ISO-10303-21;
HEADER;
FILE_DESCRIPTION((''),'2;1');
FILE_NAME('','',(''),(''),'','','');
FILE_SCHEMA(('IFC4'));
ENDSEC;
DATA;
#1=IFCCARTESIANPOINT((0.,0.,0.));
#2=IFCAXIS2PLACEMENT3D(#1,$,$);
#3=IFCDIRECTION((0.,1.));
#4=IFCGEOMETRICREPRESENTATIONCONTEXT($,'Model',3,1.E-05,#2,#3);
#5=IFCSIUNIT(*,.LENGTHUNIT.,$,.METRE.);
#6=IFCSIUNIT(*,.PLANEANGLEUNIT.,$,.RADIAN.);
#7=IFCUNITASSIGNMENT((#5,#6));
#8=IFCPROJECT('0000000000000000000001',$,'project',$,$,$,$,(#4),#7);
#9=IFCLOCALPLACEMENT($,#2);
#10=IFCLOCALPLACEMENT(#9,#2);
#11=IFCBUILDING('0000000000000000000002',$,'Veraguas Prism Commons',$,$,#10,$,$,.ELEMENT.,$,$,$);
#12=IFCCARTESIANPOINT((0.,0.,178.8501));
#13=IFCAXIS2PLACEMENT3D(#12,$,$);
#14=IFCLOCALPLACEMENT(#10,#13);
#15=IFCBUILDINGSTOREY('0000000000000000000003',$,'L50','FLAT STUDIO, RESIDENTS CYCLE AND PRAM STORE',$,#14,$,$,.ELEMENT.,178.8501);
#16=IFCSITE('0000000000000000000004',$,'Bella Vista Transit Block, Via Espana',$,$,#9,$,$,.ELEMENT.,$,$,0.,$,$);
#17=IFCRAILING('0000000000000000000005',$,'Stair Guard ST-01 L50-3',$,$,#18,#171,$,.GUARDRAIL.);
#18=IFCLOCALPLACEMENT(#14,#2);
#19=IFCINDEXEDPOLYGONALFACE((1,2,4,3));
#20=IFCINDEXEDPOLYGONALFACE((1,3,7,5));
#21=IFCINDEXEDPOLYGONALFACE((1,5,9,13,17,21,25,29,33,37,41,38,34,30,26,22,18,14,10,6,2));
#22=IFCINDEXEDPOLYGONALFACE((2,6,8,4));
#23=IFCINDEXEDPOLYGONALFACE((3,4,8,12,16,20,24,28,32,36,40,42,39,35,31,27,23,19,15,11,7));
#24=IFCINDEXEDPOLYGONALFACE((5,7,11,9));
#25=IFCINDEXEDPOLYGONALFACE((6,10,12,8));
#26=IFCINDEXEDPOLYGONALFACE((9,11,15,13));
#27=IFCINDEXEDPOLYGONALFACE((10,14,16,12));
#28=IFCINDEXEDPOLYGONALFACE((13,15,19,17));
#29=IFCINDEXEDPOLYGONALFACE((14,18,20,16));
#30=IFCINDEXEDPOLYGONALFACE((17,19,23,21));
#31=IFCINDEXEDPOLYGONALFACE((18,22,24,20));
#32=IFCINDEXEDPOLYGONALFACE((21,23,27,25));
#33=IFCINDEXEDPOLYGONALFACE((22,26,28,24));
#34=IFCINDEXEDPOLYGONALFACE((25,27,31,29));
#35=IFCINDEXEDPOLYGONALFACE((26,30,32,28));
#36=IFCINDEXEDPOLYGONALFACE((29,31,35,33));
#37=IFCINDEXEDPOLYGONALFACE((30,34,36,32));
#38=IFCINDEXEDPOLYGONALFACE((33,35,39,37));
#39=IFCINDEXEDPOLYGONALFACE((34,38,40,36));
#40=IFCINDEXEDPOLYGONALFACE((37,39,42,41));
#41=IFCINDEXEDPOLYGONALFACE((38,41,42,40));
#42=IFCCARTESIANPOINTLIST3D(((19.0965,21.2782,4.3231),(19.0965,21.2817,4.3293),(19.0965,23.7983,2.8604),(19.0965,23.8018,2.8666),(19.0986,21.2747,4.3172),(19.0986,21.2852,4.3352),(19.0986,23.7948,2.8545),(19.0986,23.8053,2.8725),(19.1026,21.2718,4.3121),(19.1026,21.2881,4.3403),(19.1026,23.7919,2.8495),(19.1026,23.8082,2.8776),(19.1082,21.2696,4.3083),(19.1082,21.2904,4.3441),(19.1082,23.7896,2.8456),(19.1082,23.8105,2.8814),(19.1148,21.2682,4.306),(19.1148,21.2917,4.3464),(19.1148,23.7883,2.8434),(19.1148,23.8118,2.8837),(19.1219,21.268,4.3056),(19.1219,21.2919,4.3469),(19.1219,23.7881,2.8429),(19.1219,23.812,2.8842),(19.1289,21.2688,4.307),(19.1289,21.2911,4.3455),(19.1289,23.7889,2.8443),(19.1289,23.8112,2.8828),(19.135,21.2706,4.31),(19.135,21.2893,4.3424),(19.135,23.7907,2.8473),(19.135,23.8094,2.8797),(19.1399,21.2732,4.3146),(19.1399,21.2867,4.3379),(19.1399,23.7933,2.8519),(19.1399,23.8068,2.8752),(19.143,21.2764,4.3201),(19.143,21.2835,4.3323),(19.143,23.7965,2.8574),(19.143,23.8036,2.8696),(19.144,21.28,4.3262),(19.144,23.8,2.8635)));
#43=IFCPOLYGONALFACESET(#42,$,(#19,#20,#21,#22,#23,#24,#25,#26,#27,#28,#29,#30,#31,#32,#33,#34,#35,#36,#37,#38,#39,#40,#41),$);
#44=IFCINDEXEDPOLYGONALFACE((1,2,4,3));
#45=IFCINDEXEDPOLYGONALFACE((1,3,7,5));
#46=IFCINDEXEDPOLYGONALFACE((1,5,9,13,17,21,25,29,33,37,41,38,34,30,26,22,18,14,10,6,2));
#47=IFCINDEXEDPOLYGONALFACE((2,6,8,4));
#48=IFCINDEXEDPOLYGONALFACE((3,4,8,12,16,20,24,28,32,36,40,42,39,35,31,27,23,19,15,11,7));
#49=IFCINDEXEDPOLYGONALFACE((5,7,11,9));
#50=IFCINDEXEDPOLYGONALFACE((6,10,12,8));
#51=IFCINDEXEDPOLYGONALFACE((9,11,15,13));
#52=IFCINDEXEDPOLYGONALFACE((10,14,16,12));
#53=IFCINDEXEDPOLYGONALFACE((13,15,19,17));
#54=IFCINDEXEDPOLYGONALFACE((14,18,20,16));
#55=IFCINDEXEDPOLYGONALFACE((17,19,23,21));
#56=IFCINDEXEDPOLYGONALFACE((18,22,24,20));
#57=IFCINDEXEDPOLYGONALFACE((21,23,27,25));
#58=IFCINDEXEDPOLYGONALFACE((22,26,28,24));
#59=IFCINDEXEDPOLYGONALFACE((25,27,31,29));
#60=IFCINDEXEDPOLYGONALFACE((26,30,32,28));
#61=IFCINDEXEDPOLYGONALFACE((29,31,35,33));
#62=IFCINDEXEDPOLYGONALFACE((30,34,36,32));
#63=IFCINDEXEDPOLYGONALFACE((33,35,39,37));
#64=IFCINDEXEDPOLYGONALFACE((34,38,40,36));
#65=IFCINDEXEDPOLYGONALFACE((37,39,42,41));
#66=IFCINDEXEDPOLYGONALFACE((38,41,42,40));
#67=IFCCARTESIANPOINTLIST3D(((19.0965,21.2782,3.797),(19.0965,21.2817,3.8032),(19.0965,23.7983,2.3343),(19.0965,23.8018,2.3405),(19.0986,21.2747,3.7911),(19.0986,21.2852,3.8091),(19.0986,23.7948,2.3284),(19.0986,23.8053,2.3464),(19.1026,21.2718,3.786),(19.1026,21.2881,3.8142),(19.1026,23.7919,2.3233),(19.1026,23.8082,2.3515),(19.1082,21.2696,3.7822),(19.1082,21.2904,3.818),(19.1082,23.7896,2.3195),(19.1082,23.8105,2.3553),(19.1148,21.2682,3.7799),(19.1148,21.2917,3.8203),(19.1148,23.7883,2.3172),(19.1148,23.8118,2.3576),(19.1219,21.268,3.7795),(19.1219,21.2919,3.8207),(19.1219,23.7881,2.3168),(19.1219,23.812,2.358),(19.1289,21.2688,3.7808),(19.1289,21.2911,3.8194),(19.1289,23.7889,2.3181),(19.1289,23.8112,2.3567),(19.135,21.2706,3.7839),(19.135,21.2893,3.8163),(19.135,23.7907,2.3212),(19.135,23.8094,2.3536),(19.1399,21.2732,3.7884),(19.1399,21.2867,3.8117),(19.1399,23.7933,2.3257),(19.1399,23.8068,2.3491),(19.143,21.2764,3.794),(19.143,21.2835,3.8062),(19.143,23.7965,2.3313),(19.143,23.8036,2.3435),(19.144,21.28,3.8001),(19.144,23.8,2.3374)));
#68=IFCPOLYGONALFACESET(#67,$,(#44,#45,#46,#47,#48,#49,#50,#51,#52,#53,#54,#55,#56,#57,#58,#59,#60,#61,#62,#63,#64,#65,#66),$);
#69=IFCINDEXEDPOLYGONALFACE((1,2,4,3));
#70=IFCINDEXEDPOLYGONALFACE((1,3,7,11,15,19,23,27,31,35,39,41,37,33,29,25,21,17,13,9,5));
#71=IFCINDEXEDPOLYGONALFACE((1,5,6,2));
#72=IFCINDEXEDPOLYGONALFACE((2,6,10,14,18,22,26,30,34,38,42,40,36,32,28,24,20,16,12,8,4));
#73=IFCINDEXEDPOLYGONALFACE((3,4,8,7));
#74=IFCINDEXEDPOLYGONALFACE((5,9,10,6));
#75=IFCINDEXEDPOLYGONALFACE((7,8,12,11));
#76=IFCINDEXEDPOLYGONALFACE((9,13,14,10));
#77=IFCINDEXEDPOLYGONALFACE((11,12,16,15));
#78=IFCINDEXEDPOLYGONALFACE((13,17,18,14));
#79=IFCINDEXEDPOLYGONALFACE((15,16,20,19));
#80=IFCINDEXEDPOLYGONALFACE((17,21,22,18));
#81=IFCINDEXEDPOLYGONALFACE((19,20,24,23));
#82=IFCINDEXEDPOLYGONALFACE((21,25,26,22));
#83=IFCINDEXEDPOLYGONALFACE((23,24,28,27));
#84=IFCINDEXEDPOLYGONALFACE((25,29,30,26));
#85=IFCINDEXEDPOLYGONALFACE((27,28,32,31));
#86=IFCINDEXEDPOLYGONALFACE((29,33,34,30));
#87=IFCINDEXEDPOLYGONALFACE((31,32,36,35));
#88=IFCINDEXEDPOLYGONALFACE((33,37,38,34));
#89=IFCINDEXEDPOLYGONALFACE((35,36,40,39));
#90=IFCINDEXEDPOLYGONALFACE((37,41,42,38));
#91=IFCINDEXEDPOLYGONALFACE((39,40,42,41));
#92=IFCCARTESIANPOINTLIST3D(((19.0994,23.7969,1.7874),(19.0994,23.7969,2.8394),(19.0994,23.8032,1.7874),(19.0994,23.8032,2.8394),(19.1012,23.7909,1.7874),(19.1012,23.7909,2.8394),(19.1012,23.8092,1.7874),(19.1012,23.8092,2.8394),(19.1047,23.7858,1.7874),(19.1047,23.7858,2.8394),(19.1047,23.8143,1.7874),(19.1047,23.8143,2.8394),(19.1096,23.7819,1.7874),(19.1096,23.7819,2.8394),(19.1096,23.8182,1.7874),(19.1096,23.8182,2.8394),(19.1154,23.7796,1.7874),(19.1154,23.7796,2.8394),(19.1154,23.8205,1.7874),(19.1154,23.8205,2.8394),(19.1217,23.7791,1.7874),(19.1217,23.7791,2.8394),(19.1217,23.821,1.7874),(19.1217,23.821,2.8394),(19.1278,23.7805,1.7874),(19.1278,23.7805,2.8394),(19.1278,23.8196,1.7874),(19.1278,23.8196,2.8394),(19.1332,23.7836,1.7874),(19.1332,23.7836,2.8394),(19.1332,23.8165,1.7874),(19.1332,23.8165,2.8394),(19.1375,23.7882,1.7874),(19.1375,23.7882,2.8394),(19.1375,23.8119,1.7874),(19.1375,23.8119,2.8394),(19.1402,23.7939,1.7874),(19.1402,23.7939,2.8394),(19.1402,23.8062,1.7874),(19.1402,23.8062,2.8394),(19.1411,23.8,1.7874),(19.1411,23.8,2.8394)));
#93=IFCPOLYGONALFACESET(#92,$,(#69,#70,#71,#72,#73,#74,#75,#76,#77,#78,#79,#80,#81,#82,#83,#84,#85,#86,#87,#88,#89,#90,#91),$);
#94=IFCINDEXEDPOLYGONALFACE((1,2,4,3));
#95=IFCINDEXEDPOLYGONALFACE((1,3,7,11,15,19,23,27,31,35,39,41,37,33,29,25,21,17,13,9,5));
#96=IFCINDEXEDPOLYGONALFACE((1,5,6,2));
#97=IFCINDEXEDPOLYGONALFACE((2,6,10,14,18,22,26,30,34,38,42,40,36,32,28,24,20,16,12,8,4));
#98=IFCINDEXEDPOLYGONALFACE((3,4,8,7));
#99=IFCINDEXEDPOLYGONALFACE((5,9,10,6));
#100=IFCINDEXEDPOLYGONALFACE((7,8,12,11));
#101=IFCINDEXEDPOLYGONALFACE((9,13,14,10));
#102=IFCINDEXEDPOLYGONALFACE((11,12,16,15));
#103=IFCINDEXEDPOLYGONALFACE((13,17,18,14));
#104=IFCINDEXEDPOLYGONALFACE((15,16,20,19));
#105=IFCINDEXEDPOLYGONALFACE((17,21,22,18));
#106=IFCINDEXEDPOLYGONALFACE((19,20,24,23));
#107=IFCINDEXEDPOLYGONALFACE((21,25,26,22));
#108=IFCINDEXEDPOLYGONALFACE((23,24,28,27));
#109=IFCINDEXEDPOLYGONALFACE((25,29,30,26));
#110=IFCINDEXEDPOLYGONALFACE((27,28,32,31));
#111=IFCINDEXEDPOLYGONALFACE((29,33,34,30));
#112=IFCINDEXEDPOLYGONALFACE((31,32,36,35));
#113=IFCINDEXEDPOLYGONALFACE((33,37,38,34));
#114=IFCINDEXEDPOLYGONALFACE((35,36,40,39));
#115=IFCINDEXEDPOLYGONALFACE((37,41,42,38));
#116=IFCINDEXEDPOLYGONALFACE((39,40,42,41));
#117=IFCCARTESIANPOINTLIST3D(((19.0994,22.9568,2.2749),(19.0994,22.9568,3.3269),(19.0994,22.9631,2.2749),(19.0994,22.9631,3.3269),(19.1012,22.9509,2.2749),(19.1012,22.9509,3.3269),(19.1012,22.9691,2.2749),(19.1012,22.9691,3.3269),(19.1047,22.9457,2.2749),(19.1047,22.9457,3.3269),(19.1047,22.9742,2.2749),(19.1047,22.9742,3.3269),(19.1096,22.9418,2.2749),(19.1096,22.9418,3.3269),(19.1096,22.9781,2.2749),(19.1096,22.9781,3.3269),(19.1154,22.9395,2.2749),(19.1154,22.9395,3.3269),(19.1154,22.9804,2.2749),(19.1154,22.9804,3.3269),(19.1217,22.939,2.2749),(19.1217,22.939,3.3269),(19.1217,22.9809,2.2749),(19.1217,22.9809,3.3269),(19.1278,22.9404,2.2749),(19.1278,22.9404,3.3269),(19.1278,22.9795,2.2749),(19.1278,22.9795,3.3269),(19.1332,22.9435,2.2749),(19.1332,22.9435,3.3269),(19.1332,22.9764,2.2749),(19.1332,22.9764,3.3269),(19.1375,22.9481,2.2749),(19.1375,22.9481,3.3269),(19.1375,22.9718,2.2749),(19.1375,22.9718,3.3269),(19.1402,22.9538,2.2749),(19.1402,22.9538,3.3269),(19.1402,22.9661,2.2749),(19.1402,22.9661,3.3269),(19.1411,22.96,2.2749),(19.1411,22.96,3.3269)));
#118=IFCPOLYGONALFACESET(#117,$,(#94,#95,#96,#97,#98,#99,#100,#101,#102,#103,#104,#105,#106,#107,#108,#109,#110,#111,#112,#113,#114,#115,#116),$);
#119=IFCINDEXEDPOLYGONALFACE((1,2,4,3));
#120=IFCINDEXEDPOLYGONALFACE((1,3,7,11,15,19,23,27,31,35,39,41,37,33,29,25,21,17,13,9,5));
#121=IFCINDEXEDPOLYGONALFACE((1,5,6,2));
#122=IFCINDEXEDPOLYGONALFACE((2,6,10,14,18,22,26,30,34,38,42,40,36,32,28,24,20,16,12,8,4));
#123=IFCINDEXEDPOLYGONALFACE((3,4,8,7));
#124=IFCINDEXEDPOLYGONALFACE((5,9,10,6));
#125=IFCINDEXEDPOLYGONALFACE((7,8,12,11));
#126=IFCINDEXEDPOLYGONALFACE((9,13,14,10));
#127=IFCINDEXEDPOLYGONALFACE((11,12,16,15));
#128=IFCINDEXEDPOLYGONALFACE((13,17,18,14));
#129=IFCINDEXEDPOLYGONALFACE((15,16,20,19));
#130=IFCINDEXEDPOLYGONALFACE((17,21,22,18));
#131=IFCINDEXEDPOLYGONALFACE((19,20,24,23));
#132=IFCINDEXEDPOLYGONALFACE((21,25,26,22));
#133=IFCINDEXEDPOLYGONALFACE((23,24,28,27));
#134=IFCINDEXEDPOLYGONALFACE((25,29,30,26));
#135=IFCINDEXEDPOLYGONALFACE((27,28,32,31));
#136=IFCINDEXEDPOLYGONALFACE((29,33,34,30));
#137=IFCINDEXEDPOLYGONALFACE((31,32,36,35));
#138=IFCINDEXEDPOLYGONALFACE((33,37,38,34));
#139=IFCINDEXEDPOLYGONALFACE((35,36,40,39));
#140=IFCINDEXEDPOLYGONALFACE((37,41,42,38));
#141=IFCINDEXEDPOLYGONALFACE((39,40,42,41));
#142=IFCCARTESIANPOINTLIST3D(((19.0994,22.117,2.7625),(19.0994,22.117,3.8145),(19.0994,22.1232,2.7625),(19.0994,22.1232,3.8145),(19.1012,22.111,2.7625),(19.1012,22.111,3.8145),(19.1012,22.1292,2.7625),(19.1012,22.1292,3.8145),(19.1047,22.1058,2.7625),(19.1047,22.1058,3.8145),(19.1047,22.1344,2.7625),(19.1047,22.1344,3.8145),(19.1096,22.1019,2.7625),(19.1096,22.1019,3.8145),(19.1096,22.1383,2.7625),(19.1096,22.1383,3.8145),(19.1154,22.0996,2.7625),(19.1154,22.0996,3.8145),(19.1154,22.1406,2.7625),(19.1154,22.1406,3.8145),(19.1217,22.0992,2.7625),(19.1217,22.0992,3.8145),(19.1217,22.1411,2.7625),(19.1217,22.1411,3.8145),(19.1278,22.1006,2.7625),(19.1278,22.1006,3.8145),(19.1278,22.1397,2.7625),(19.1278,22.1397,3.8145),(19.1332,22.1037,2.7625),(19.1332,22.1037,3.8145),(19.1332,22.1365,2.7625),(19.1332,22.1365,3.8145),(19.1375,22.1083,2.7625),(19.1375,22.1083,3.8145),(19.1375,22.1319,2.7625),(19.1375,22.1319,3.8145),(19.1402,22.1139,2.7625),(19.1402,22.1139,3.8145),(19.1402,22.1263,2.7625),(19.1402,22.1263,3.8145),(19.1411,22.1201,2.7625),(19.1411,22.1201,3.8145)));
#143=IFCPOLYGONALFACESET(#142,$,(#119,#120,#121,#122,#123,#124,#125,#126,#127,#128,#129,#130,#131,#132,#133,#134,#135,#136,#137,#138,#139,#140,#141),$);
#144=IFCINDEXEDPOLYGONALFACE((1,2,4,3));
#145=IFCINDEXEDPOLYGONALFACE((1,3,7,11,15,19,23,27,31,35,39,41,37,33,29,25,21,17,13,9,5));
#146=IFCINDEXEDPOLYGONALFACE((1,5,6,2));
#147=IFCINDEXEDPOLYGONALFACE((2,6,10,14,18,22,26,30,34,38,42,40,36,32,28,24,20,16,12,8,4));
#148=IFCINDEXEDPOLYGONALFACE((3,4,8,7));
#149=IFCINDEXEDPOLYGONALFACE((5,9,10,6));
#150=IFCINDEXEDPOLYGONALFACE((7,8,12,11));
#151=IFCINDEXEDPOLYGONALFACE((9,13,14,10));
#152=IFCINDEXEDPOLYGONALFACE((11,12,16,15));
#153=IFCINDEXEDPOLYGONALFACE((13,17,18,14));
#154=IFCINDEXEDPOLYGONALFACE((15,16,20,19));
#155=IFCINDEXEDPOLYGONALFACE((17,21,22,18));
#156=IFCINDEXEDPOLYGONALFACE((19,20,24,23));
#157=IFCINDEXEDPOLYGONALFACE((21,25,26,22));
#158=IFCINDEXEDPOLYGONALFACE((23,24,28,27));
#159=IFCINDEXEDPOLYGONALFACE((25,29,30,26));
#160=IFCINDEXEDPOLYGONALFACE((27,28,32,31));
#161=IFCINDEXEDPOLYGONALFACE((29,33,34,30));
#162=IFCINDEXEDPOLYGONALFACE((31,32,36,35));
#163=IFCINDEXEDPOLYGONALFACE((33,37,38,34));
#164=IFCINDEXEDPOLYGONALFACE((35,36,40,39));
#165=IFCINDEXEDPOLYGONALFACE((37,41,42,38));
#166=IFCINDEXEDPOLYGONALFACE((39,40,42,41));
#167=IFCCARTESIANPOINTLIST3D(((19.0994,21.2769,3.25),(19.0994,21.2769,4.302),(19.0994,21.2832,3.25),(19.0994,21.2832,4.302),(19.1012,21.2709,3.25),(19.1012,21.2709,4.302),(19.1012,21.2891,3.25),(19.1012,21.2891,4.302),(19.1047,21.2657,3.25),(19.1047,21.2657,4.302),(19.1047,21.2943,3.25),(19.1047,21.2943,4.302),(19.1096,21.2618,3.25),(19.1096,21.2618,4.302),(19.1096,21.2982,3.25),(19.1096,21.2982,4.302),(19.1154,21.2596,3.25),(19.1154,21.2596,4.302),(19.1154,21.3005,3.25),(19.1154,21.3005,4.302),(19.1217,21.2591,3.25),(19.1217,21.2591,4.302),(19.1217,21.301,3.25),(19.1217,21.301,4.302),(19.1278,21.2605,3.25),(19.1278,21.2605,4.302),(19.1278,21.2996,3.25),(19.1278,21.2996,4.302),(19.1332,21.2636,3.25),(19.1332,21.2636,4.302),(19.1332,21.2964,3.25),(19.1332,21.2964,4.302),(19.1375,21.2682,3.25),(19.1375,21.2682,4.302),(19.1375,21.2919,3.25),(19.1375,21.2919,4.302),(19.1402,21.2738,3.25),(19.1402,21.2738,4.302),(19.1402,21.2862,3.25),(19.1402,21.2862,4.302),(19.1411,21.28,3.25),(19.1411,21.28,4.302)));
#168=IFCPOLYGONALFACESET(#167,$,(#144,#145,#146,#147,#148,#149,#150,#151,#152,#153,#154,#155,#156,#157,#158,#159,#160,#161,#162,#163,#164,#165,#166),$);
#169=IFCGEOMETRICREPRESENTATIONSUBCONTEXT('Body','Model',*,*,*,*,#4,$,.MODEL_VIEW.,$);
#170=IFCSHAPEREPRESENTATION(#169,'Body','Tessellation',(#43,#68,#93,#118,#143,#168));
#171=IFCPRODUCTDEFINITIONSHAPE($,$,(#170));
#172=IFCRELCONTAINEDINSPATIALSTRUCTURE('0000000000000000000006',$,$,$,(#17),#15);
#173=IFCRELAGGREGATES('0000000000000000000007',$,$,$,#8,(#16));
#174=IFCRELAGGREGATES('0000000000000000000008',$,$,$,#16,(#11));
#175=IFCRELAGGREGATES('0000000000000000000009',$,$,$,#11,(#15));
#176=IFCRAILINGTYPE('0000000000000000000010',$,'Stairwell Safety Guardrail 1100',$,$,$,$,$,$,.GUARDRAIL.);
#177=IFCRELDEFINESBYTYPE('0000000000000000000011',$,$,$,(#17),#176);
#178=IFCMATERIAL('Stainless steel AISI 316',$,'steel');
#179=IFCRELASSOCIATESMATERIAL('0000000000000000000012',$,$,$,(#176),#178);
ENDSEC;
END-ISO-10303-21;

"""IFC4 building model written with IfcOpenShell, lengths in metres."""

from ifc_helpers import new_model, si_unit, direction, frame, origin, origin_2d, place, context, subcontext, project, spatial, circle, extrude, material, type_object, element, save


model = new_model("IFC4")

# Units and contexts
model_context = context("Model", 3, precision=1e-05, world=origin(), true_north=direction((0.0, 1.0)))
body_context = subcontext(model_context, "Body", "Model", "MODEL_VIEW")
ifc_project = project(units=[si_unit("LENGTHUNIT", "METRE"), si_unit("PLANEANGLEUNIT", "RADIAN")], contexts=[model_context])

# Site, building, storey
site_placement = place(None, origin())
site = spatial("IfcSite", under=ifc_project, at=site_placement, Name="Bella Vista Transit Block, Via Espana", CompositionType="ELEMENT", RefElevation=0.0)
building_placement = place(site_placement, origin())
building = spatial("IfcBuilding", under=site, at=building_placement, Name="Veraguas Prism Commons", CompositionType="ELEMENT")
storey_placement = place(building_placement, frame((0.0, 0.0, 178.8501)))
storey = spatial("IfcBuildingStorey", under=building, at=storey_placement, Name="L50", Description="FLAT STUDIO, RESIDENTS CYCLE AND PRAM STORE", CompositionType="ELEMENT", Elevation=178.8501)

# Railing
ifc_material_1 = material(Name="Stainless steel AISI 316", Category="steel")
railing_type_1 = type_object("IfcRailingType", Name="Stairwell Safety Guardrail 1100", PredefinedType="GUARDRAIL", material=ifc_material_1)
railing_1_placement = place(storey_placement, frame((19.1201, 23.8, 1.7874)))
element("IfcRailing", 1, at=railing_1_placement, inside=storey, type_object=railing_type_1, Name="Stair Guard ST-01 L50-3", PredefinedType="GUARDRAIL", context=body_context, shape_type="SweptSolid", body=[
    extrude(circle(Radius=0.0239, at=origin_2d()), frame((0.0, 0.0, 1.0762), z_axis=(0.0, -0.864877, 0.501984), x_axis=(1.0, 0.0, 0.0)), (0.0, 0.0, 1.0), 2.9138),
    extrude(circle(Radius=0.0239, at=origin_2d()), frame((0.0, 0.0, 0.55), z_axis=(0.0, -0.864877, 0.501984), x_axis=(1.0, 0.0, 0.0)), (0.0, 0.0, 1.0), 2.9138),
    extrude(circle(Radius=0.021, at=origin_2d()), origin(), (0.0, 0.0, 1.0), 1.052),
    extrude(circle(Radius=0.021, at=origin_2d()), frame((0.0, -0.8401, 0.4875)), (0.0, 0.0, 1.0), 1.052),
    extrude(circle(Radius=0.021, at=origin_2d()), frame((0.0, -1.6799, 0.9751)), (0.0, 0.0, 1.0), 1.052),
    extrude(circle(Radius=0.021, at=origin_2d()), frame((0.0, -2.52, 1.4626)), (0.0, 0.0, 1.0), 1.052),
])

save(model, "model.ifc")
